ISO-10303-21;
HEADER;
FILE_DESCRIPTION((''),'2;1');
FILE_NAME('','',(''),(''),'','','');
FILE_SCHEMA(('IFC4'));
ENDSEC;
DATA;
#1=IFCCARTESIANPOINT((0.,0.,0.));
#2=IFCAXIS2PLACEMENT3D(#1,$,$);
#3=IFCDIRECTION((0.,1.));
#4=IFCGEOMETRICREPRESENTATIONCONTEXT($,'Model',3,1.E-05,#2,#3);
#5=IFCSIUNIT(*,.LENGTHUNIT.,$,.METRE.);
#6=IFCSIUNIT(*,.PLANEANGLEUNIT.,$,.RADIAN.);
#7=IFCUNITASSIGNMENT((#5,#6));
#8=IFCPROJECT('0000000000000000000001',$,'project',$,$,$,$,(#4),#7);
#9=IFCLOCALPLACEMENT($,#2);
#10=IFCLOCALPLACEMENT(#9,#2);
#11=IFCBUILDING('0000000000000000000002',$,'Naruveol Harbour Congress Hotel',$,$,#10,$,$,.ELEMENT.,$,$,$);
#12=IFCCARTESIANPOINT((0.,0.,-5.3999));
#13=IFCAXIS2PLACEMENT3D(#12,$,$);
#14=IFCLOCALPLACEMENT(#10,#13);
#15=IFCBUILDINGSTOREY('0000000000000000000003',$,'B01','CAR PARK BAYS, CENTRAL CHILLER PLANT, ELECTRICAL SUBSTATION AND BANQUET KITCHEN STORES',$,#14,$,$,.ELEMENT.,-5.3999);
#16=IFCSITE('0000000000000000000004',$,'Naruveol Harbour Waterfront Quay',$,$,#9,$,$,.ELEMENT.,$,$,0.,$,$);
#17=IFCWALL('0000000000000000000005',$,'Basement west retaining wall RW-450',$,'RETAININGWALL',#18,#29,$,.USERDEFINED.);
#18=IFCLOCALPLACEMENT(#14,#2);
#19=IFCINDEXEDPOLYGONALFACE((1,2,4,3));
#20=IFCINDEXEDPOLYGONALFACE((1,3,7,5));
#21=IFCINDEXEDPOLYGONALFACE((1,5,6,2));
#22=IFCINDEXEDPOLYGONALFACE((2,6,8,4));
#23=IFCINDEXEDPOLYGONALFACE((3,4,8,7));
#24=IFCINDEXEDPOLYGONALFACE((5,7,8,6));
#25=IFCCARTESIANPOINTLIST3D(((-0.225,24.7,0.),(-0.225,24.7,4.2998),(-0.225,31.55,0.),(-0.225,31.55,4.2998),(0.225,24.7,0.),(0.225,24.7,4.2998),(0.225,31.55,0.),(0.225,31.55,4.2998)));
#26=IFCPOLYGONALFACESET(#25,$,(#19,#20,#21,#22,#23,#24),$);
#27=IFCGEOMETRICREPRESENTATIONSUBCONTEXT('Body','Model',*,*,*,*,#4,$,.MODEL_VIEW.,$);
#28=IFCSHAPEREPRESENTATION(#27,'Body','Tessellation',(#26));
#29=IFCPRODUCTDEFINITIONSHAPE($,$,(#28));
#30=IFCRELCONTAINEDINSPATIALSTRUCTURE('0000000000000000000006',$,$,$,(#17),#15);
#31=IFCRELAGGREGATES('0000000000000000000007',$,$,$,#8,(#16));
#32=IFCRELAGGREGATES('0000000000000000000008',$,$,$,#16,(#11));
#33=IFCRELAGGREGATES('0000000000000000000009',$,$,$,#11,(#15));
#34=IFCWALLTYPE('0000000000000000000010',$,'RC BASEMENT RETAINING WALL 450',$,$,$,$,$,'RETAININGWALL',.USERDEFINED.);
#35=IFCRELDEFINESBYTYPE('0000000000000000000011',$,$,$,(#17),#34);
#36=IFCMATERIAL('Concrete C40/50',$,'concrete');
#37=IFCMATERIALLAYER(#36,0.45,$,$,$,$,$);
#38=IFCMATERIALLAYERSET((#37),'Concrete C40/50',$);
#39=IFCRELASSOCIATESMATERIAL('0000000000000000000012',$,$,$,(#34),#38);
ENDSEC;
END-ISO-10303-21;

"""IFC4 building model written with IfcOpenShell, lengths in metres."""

from ifc_helpers import new_model, si_unit, direction, frame, frame_2d, origin, place, context, subcontext, project, spatial, rectangle, extrude, material, layer, layer_set, type_object, element, save


model = new_model("IFC4")

# Units and contexts
model_context = context("Model", 3, precision=1e-05, world=origin(), true_north=direction((0.0, 1.0)))
body_context = subcontext(model_context, "Body", "Model", "MODEL_VIEW")
ifc_project = project(units=[si_unit("LENGTHUNIT", "METRE"), si_unit("PLANEANGLEUNIT", "RADIAN")], contexts=[model_context])

# Site, building, storey
site_placement = place(None, origin())
site = spatial("IfcSite", under=ifc_project, at=site_placement, Name="Naruveol Harbour Waterfront Quay", CompositionType="ELEMENT", RefElevation=0.0)
building_placement = place(site_placement, origin())
building = spatial("IfcBuilding", under=site, at=building_placement, Name="Naruveol Harbour Congress Hotel", CompositionType="ELEMENT")
storey_placement = place(building_placement, frame((0.0, 0.0, -5.3999)))
storey = spatial("IfcBuildingStorey", under=building, at=storey_placement, Name="B01", Description="CAR PARK BAYS, CENTRAL CHILLER PLANT, ELECTRICAL SUBSTATION AND BANQUET KITCHEN STORES", CompositionType="ELEMENT", Elevation=-5.3999)

# Wall
ifc_material_1 = material(Name="Concrete C40/50", Category="concrete")
ifc_layer_1 = layer(ifc_material_1, 0.45)
ifc_layer_set_1 = layer_set([ifc_layer_1], Name="Concrete C40/50")
wall_type = type_object("IfcWallType", Name="RC BASEMENT RETAINING WALL 450", ElementType="RETAININGWALL", PredefinedType="USERDEFINED", material=ifc_layer_set_1)
for number, where, z_axis, x_axis, name in (
    (1, (0.0, 24.7, 0.0), (0.0, 0.0, 1.0), (0.0, 1.0, 0.0), "Basement west retaining wall RW-450"),
):
    element("IfcWall", number, at=place(storey_placement, frame(where, z_axis=z_axis, x_axis=x_axis)), inside=storey, type_object=wall_type, Name=name, ObjectType="RETAININGWALL", PredefinedType="USERDEFINED", context=body_context, shape_type="SweptSolid", body=[
        extrude(rectangle(XDim=6.8501, YDim=0.45, at=frame_2d((3.425, 0.0))), origin(), (0.0, 0.0, 1.0), 4.2998),
    ])

save(model, "model.ifc")
